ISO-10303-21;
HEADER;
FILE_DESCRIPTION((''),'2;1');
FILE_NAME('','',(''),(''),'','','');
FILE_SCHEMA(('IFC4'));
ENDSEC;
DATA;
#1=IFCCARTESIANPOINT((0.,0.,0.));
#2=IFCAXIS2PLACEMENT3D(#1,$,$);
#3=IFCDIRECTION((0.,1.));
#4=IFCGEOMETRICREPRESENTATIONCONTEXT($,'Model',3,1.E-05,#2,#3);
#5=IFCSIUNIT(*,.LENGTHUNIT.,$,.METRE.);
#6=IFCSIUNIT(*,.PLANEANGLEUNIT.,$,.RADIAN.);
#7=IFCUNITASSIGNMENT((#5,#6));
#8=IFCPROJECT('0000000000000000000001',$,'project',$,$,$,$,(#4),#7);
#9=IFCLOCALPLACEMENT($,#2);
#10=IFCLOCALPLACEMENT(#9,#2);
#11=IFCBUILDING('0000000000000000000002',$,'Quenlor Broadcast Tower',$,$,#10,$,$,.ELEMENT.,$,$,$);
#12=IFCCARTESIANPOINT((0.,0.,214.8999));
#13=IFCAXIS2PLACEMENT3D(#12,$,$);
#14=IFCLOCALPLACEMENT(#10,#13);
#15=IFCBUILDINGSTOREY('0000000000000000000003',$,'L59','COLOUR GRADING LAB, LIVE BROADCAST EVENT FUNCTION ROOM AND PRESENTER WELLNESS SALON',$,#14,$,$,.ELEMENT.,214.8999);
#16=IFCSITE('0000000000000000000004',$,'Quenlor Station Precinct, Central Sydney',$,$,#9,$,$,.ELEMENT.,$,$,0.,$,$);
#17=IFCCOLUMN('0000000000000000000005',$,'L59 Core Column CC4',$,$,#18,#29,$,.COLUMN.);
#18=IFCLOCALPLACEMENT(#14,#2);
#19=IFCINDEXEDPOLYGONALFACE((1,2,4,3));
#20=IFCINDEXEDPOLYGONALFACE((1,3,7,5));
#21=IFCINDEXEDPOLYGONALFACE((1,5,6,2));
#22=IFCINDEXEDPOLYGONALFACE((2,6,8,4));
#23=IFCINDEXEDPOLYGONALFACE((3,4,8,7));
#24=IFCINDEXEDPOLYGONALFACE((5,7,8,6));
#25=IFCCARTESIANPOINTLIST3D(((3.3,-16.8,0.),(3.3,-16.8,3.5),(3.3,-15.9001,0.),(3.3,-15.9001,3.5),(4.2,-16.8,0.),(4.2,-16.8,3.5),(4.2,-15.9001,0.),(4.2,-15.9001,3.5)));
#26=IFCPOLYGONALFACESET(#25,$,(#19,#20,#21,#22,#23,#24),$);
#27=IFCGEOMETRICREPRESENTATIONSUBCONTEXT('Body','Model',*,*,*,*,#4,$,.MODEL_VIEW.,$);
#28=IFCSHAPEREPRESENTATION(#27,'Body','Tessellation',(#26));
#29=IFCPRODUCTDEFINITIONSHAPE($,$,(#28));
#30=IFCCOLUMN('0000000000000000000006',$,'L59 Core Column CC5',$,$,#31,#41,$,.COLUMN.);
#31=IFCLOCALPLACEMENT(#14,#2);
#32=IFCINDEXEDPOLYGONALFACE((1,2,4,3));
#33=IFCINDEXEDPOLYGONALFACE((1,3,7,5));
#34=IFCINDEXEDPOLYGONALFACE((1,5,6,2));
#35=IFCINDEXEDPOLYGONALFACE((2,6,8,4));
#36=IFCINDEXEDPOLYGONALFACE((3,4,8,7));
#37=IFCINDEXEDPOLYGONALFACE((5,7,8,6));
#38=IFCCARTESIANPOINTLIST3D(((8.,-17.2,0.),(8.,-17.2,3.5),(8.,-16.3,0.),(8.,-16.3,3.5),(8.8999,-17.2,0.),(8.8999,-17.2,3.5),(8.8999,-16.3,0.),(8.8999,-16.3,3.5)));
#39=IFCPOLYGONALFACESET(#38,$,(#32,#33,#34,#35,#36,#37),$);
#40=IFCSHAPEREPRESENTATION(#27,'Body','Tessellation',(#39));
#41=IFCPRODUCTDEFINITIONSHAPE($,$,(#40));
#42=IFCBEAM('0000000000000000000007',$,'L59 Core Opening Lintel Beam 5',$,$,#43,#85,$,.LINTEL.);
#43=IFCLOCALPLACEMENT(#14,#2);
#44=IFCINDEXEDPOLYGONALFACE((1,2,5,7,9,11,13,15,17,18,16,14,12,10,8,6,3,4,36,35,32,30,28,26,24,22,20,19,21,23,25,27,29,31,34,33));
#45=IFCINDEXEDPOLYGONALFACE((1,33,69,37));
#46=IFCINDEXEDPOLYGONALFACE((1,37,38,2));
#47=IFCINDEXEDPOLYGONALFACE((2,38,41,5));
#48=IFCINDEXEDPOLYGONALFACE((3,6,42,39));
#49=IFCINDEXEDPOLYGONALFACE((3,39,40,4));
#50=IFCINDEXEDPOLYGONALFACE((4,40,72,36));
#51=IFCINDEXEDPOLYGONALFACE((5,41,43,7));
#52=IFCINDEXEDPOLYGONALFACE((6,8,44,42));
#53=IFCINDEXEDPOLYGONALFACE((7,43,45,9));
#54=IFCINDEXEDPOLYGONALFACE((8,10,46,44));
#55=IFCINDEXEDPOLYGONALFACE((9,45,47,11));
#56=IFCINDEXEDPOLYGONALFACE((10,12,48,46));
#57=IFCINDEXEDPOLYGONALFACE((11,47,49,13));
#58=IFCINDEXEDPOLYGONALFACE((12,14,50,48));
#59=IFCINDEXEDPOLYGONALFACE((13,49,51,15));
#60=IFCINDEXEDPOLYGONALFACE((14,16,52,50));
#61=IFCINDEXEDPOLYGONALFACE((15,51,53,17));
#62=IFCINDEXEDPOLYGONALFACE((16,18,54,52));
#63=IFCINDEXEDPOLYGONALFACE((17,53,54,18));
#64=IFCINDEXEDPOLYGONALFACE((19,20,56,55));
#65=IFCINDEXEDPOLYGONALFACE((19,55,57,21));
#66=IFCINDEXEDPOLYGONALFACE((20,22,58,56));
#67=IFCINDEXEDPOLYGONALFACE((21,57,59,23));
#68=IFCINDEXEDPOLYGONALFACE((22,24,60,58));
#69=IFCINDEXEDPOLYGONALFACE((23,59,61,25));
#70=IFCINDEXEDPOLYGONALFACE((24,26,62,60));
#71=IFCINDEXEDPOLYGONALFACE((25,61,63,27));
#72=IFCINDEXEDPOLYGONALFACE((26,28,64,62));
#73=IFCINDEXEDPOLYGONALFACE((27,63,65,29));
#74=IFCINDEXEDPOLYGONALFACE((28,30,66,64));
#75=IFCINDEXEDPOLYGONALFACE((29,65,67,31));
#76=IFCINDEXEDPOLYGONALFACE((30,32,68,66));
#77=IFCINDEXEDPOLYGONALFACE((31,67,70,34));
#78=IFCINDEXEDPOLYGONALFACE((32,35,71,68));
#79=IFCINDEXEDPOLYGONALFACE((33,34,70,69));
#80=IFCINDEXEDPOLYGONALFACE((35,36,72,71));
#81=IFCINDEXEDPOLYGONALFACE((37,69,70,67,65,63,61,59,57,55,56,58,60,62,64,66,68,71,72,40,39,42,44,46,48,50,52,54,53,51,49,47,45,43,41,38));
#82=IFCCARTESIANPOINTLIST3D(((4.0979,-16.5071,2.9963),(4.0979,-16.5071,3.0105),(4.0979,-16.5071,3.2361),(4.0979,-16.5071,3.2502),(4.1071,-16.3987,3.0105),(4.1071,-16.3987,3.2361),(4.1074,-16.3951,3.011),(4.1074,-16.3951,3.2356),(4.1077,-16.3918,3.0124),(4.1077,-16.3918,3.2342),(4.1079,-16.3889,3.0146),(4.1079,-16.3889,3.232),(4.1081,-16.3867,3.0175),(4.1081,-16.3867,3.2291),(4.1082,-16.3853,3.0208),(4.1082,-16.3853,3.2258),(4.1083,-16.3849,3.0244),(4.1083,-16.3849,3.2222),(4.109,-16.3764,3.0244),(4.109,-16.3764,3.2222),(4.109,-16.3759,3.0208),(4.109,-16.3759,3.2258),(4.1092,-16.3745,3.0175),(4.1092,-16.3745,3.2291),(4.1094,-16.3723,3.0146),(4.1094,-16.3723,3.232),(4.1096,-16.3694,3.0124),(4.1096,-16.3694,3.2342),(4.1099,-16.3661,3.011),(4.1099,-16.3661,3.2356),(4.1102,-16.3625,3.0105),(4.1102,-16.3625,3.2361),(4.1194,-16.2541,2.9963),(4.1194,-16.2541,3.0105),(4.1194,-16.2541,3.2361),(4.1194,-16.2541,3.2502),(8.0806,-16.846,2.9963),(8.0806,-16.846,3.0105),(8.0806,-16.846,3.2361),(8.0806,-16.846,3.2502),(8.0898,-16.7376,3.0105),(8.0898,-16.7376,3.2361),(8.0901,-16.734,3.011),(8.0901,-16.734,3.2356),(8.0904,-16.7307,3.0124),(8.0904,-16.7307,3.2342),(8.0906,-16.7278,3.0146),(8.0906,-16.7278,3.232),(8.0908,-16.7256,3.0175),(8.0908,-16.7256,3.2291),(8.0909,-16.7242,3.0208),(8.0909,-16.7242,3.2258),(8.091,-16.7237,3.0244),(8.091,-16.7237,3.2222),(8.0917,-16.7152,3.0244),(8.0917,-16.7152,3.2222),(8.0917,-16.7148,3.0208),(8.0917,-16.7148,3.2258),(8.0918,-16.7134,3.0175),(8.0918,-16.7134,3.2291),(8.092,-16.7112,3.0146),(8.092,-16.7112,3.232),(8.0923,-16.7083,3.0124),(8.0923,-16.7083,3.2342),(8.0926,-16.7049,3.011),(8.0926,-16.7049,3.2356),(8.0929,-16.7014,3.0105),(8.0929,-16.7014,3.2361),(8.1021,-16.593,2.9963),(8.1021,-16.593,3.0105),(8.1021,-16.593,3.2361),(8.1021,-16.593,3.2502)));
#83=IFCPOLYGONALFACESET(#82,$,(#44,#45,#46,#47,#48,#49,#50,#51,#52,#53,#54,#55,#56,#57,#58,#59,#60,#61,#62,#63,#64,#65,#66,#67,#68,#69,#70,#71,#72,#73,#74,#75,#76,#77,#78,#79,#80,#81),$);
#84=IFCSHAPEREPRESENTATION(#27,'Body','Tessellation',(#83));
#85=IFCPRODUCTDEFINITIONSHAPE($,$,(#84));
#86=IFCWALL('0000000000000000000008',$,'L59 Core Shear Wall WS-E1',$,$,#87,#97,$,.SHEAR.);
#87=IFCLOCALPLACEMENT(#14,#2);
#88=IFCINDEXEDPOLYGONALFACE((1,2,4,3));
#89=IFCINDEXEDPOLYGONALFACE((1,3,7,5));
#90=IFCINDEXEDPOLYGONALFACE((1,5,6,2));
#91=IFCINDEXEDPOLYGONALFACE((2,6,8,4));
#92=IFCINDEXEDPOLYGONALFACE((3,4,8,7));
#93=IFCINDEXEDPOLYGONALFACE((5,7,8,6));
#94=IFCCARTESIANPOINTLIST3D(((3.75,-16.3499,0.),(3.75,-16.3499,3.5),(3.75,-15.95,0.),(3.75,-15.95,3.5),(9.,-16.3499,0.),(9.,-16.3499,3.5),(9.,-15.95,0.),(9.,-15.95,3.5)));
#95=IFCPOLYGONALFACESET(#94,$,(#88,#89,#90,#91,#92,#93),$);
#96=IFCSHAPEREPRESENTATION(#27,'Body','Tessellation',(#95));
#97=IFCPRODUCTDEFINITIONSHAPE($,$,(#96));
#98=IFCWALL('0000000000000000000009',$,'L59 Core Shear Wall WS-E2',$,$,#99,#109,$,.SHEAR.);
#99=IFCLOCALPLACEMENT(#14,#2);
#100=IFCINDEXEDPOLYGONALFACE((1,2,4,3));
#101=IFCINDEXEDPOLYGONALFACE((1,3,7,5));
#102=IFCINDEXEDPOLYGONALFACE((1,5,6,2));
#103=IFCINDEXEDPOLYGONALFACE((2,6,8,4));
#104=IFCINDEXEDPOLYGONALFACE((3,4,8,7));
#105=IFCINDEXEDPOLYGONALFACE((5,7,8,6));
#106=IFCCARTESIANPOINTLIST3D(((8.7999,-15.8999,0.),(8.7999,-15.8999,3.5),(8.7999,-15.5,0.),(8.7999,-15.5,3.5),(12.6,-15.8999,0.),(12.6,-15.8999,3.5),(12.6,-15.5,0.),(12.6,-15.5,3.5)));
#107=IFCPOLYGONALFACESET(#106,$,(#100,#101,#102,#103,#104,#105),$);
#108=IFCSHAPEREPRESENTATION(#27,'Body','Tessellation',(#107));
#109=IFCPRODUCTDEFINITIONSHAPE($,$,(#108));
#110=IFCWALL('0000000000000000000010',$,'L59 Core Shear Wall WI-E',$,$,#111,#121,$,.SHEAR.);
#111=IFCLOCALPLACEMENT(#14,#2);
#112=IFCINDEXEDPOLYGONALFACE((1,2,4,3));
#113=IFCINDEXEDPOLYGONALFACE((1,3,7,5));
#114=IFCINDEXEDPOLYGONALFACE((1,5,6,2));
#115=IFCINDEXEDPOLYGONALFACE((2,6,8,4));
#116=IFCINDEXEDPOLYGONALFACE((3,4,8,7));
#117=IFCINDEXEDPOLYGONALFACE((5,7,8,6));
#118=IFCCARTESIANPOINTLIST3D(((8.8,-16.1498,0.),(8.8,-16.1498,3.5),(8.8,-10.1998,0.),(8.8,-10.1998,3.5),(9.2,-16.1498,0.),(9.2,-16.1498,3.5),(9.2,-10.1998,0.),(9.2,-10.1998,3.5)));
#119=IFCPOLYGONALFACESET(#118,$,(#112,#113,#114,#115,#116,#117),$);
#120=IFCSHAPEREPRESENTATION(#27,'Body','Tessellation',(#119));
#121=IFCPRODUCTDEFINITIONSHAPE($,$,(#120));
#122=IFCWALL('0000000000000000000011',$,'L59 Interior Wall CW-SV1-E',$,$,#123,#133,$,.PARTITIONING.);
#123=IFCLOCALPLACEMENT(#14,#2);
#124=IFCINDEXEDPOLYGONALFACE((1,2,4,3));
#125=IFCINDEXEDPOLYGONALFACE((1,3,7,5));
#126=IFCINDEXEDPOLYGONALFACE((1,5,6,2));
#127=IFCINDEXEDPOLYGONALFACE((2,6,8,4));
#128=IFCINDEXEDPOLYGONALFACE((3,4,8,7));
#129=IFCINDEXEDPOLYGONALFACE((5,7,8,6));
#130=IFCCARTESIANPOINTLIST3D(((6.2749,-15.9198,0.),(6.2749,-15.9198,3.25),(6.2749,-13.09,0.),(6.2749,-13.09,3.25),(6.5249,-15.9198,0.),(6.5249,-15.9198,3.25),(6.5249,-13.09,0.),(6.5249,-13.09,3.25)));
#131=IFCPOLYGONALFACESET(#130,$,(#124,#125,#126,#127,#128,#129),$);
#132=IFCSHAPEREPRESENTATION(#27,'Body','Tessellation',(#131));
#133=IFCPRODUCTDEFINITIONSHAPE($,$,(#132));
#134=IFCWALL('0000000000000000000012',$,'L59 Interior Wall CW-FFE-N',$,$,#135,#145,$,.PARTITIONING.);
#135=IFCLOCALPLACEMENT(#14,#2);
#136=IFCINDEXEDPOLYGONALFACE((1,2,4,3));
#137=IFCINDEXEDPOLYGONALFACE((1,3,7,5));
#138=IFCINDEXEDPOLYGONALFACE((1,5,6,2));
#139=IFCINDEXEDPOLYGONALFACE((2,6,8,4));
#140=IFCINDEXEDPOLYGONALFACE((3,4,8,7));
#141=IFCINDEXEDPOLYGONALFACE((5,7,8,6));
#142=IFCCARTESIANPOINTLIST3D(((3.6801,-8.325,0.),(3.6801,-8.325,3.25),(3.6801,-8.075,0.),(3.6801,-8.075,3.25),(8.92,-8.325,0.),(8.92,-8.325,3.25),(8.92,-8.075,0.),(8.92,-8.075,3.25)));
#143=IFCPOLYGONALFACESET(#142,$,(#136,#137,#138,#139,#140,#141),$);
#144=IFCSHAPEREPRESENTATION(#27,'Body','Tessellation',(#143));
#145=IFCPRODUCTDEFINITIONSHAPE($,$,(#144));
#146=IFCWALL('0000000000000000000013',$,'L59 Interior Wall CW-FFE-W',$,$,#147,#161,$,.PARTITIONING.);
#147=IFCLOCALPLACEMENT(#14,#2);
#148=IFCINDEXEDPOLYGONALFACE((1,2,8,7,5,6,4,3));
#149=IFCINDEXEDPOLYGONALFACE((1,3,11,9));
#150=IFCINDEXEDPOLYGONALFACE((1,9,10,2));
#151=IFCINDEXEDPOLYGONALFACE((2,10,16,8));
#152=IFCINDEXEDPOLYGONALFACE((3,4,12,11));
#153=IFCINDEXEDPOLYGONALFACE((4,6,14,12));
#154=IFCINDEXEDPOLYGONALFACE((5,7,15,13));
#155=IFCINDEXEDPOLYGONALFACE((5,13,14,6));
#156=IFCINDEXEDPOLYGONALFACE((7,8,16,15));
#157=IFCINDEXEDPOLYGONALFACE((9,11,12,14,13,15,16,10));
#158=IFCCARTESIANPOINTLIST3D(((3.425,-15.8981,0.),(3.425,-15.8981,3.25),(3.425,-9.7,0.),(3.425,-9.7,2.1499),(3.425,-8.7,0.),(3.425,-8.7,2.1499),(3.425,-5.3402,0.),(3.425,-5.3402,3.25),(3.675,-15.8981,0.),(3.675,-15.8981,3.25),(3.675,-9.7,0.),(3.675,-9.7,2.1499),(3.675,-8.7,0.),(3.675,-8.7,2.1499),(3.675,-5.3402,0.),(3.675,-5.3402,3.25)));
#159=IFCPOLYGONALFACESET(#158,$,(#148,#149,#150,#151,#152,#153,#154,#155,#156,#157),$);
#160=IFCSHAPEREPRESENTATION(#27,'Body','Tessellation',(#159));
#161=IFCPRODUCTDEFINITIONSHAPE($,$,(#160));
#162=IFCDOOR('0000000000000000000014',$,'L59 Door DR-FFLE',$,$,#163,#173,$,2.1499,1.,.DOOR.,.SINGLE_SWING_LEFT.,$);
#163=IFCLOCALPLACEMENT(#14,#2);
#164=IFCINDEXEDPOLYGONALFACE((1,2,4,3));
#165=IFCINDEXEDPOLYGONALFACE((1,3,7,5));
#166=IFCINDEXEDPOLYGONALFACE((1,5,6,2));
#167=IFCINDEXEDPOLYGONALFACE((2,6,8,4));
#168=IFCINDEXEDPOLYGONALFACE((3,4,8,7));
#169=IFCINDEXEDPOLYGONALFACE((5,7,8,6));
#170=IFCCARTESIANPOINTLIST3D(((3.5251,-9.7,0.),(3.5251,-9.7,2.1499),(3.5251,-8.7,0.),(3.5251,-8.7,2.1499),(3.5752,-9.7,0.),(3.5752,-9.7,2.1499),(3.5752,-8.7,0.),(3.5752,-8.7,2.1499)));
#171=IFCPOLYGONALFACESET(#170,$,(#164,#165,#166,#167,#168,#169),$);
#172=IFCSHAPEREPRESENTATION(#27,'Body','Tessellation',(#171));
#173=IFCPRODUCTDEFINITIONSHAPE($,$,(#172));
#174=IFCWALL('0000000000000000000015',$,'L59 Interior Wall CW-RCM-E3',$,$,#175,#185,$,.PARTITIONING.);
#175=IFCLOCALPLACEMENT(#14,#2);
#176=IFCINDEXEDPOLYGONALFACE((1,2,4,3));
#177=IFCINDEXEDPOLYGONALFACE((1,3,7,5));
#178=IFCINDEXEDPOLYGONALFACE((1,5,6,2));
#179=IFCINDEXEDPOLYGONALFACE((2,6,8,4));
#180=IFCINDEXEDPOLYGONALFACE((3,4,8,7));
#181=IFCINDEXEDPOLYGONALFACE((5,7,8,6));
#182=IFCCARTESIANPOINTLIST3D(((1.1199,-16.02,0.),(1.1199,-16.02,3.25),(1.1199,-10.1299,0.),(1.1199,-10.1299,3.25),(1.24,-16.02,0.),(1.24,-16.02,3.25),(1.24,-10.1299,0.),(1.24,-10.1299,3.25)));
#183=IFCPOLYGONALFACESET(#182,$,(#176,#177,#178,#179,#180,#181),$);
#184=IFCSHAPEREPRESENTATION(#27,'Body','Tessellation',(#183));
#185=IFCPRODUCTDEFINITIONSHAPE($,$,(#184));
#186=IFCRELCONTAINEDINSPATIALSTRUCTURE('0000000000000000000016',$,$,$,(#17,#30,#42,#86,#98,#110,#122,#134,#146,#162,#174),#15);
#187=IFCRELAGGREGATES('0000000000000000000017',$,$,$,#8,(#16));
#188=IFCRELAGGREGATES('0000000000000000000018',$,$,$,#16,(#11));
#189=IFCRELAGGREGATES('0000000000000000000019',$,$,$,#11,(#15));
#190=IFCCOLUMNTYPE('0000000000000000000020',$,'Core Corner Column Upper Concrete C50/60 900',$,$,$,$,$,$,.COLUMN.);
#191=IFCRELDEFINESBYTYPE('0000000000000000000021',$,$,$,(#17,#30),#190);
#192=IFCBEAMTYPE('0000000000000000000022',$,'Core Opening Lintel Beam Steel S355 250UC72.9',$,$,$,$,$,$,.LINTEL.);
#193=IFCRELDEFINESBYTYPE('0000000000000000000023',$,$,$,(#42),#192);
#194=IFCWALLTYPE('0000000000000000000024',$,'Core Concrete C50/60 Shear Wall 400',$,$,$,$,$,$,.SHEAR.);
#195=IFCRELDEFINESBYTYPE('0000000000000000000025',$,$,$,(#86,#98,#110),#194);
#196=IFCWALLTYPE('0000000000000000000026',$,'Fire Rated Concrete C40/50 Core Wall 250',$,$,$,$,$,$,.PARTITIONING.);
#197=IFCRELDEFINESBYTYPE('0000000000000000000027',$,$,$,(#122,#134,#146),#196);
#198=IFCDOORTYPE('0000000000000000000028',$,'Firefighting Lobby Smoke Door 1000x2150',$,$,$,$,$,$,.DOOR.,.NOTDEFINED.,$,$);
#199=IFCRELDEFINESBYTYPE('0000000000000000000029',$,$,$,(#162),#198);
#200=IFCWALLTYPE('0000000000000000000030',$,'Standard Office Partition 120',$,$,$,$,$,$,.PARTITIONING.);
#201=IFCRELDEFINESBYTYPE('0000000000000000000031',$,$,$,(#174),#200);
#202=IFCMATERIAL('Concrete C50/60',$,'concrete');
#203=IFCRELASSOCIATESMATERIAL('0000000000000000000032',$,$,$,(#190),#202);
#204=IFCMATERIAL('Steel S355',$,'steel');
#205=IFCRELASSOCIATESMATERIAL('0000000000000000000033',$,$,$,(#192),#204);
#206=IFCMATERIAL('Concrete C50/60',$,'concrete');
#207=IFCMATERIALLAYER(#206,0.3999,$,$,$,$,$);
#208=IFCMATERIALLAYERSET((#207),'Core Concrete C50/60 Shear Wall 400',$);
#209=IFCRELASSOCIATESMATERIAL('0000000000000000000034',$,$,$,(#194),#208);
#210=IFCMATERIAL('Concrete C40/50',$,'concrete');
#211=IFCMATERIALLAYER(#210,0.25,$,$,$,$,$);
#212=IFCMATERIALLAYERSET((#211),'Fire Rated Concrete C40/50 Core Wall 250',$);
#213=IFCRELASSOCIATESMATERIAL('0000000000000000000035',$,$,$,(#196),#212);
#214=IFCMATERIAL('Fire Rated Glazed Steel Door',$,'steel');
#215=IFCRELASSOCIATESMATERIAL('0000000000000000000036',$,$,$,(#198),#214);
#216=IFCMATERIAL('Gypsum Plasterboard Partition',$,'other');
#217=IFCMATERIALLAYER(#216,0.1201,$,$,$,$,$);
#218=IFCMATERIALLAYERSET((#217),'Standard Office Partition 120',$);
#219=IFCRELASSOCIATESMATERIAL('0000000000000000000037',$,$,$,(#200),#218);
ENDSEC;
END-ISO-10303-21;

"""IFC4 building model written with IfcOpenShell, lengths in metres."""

from ifc_helpers import new_model, si_unit, direction, frame, frame_2d, origin, origin_2d, place, context, subcontext, project, spatial, rectangle, i_section, extrude, material, layer, layer_set, material_profile, profile_set, type_object, element, fill, save


model = new_model("IFC4")

# Units and contexts
model_context = context("Model", 3, precision=1e-05, world=origin(), true_north=direction((0.0, 1.0)))
body_context = subcontext(model_context, "Body", "Model", "MODEL_VIEW")
ifc_project = project(units=[si_unit("LENGTHUNIT", "METRE"), si_unit("PLANEANGLEUNIT", "RADIAN")], contexts=[model_context])

# Site, building, storey
site_placement = place(None, origin())
site = spatial("IfcSite", under=ifc_project, at=site_placement, Name="Quenlor Station Precinct, Central Sydney", CompositionType="ELEMENT", RefElevation=0.0)
building_placement = place(site_placement, origin())
building = spatial("IfcBuilding", under=site, at=building_placement, Name="Quenlor Broadcast Tower", CompositionType="ELEMENT")
storey_placement = place(building_placement, frame((0.0, 0.0, 214.8999)))
storey = spatial("IfcBuildingStorey", under=building, at=storey_placement, Name="L59", Description="COLOUR GRADING LAB, LIVE BROADCAST EVENT FUNCTION ROOM AND PRESENTER WELLNESS SALON", CompositionType="ELEMENT", Elevation=214.8999)

# Columns
ifc_material_1 = material(Name="Concrete C50/60", Category="concrete")
ifc_material_profile_1 = material_profile(ifc_material_1, rectangle(XDim=0.8999, YDim=0.8999, at=origin_2d()))
ifc_profile_set_1 = profile_set([ifc_material_profile_1], Name="Concrete C50/60 RC900x900")
column_type = type_object("IfcColumnType", Name="Core Corner Column Upper Concrete C50/60 900", PredefinedType="COLUMN", material=ifc_profile_set_1)
for number, where, z_axis, x_axis, name in (
    (1, (3.75, -16.3501, 0.0), (0.0, 0.0, 1.0), (1.0, 0.0, 0.0), "L59 Core Column CC4"),
    (2, (8.45, -16.75, 0.0), (0.0, 0.0, 1.0), (1.0, 0.0, 0.0), "L59 Core Column CC5"),
):
    element("IfcColumn", number, at=place(storey_placement, frame(where, z_axis=z_axis, x_axis=x_axis)), inside=storey, type_object=column_type, Name=name, PredefinedType="COLUMN", context=body_context, shape_type="SweptSolid", body=[
        extrude(rectangle(XDim=0.8999, YDim=0.8999, at=origin_2d()), origin(), (0.0, 0.0, 1.0), 3.5),
    ])

# Beam
ifc_material_2 = material(Name="Steel S355", Category="steel")
ifc_material_profile_2 = material_profile(ifc_material_2, i_section(OverallWidth=0.2539, OverallDepth=0.2539, WebThickness=0.0085, FlangeThickness=0.0142, FilletRadius=0.0139, at=origin_2d()))
ifc_profile_set_2 = profile_set([ifc_material_profile_2], Name="Steel S355 250UC72.9")
beam_type = type_object("IfcBeamType", Name="Core Opening Lintel Beam Steel S355 250UC72.9", PredefinedType="LINTEL", material=ifc_profile_set_2)
beam_placement = place(storey_placement, frame((4.1086, -16.3806, 3.1233), z_axis=(0.9964, -0.084779, 0.0), x_axis=(0.084779, 0.9964, 0.0)))
element("IfcBeam", 3, at=beam_placement, inside=storey, type_object=beam_type, Name="L59 Core Opening Lintel Beam 5", PredefinedType="LINTEL", context=body_context, shape_type="SweptSolid", body=[
    extrude(i_section(OverallWidth=0.2539, OverallDepth=0.2539, WebThickness=0.0085, FlangeThickness=0.0142, FilletRadius=0.0139, at=origin_2d()), origin(), (0.0, 0.0, 1.0), 3.9971),
])

# Walls
ifc_material_3 = material(Name="Concrete C50/60", Category="concrete")
ifc_layer_1 = layer(ifc_material_3, 0.3999)
ifc_layer_set_1 = layer_set([ifc_layer_1], Name="Core Concrete C50/60 Shear Wall 400")
wall_type_1 = type_object("IfcWallType", Name="Core Concrete C50/60 Shear Wall 400", PredefinedType="SHEAR", material=ifc_layer_set_1)
wall_1_placement = place(storey_placement, frame((3.75, -16.1499, 0.0), z_axis=(0.0, 0.0, 1.0), x_axis=(1.0, 0.0, 0.0)))
element("IfcWall", 4, at=wall_1_placement, inside=storey, type_object=wall_type_1, Name="L59 Core Shear Wall WS-E1", PredefinedType="SHEAR", context=body_context, shape_type="SweptSolid", body=[
    extrude(rectangle(XDim=5.25, YDim=0.3999, at=frame_2d((2.625, 0.0))), origin(), (0.0, 0.0, 1.0), 3.5),
])
wall_2_placement = place(storey_placement, frame((8.8, -15.7, 0.0), z_axis=(0.0, 0.0, 1.0), x_axis=(1.0, 0.0, 0.0)))
element("IfcWall", 5, at=wall_2_placement, inside=storey, type_object=wall_type_1, Name="L59 Core Shear Wall WS-E2", PredefinedType="SHEAR", context=body_context, shape_type="SweptSolid", body=[
    extrude(rectangle(XDim=3.8, YDim=0.3999, at=frame_2d((1.8999, 0.0))), origin(), (0.0, 0.0, 1.0), 3.5),
])
wall_3_placement = place(storey_placement, frame((9.0, -16.1499, 0.0), z_axis=(0.0, 0.0, 1.0), x_axis=(0.0, 1.0, 0.0)))
element("IfcWall", 6, at=wall_3_placement, inside=storey, type_object=wall_type_1, Name="L59 Core Shear Wall WI-E", PredefinedType="SHEAR", context=body_context, shape_type="SweptSolid", body=[
    extrude(rectangle(XDim=5.95, YDim=0.3999, at=frame_2d((2.9751, 0.0))), origin(), (0.0, 0.0, 1.0), 3.5),
])

# Shared definitions
ifc_material_4 = material(Name="Concrete C40/50", Category="concrete")
ifc_layer_2 = layer(ifc_material_4, 0.25)
ifc_layer_set_2 = layer_set([ifc_layer_2], Name="Fire Rated Concrete C40/50 Core Wall 250")
wall_type_2 = type_object("IfcWallType", Name="Fire Rated Concrete C40/50 Core Wall 250", PredefinedType="PARTITIONING", material=ifc_layer_set_2)

# Walls
wall_4_placement = place(storey_placement, frame((6.3999, -15.9199, 0.0), z_axis=(0.0, 0.0, 1.0), x_axis=(0.0, 1.0, 0.0)))
element("IfcWall", 7, at=wall_4_placement, inside=storey, type_object=wall_type_2, Name="L59 Interior Wall CW-SV1-E", PredefinedType="PARTITIONING", context=body_context, shape_type="SweptSolid", body=[
    extrude(rectangle(XDim=2.8298, YDim=0.25, at=frame_2d((1.415, 0.0))), origin(), (0.0, 0.0, 1.0), 3.25),
])
wall_5_placement = place(storey_placement, frame((3.6799, -8.2, 0.0), z_axis=(0.0, 0.0, 1.0), x_axis=(1.0, 0.0, 0.0)))
element("IfcWall", 8, at=wall_5_placement, inside=storey, type_object=wall_type_2, Name="L59 Interior Wall CW-FFE-N", PredefinedType="PARTITIONING", context=body_context, shape_type="SweptSolid", body=[
    extrude(rectangle(XDim=5.24, YDim=0.25, at=frame_2d((2.6201, 0.0))), origin(), (0.0, 0.0, 1.0), 3.25),
])

# Wall, opening, door
wall_6_placement = place(storey_placement, frame((3.55, -15.8979, 0.0), z_axis=(0.0, 0.0, 1.0), x_axis=(0.0, 1.0, 0.0)))
wall_6 = element("IfcWall", 9, at=wall_6_placement, inside=storey, type_object=wall_type_2, Name="L59 Interior Wall CW-FFE-W", PredefinedType="PARTITIONING", context=body_context, shape_type="SweptSolid", body=[
    extrude(rectangle(XDim=10.5579, YDim=0.25, at=frame_2d((5.2788, 0.0))), origin(), (0.0, 0.0, 1.0), 3.25),
])
opening_1_placement = place(wall_6_placement, frame((6.198, 0.0, 0.0)))
opening_1 = element("IfcOpeningElement", 10, at=opening_1_placement, cuts=wall_6, PredefinedType="OPENING", context=body_context, shape_type="SweptSolid", body=[
    extrude(rectangle(XDim=1.0, YDim=2.1499, at=frame_2d((0.5, 1.075))), frame((0.0, 0.135, 0.0), z_axis=(0.0, -1.0, 0.0), x_axis=(1.0, 0.0, 0.0)), (0.0, 0.0, 1.0), 0.27),
])
ifc_material_5 = material(Name="Fire Rated Glazed Steel Door", Category="steel")
door_type_1 = type_object("IfcDoorType", Name="Firefighting Lobby Smoke Door 1000x2150", OperationType="NOTDEFINED", PredefinedType="DOOR", material=ifc_material_5)
door_1_placement = place(opening_1_placement, origin())
door_1 = element("IfcDoor", 11, at=door_1_placement, inside=storey, type_object=door_type_1, Name="L59 Door DR-FFLE", OperationType="SINGLE_SWING_LEFT", OverallHeight=2.1499, OverallWidth=1.0, PredefinedType="DOOR", context=body_context, shape_type="SweptSolid", body=[
    extrude(rectangle(XDim=1.0, YDim=2.1499, at=frame_2d((0.5, 1.075))), frame((0.0, 0.0249, 0.0), z_axis=(0.0, -1.0, 0.0), x_axis=(1.0, 0.0, 0.0)), (0.0, 0.0, 1.0), 0.05),
])
fill(opening_1, door_1)

# Wall
ifc_material_6 = material(Name="Gypsum Plasterboard Partition", Category="other")
ifc_layer_3 = layer(ifc_material_6, 0.1201)
ifc_layer_set_3 = layer_set([ifc_layer_3], Name="Standard Office Partition 120")
wall_type_3 = type_object("IfcWallType", Name="Standard Office Partition 120", PredefinedType="PARTITIONING", material=ifc_layer_set_3)
wall_7_placement = place(storey_placement, frame((1.1799, -16.02, 0.0), z_axis=(0.0, 0.0, 1.0), x_axis=(0.0, 1.0, 0.0)))
element("IfcWall", 12, at=wall_7_placement, inside=storey, type_object=wall_type_3, Name="L59 Interior Wall CW-RCM-E3", PredefinedType="PARTITIONING", context=body_context, shape_type="SweptSolid", body=[
    extrude(rectangle(XDim=5.8901, YDim=0.1201, at=frame_2d((2.9451, 0.0))), origin(), (0.0, 0.0, 1.0), 3.25),
])

save(model, "model.ifc")
